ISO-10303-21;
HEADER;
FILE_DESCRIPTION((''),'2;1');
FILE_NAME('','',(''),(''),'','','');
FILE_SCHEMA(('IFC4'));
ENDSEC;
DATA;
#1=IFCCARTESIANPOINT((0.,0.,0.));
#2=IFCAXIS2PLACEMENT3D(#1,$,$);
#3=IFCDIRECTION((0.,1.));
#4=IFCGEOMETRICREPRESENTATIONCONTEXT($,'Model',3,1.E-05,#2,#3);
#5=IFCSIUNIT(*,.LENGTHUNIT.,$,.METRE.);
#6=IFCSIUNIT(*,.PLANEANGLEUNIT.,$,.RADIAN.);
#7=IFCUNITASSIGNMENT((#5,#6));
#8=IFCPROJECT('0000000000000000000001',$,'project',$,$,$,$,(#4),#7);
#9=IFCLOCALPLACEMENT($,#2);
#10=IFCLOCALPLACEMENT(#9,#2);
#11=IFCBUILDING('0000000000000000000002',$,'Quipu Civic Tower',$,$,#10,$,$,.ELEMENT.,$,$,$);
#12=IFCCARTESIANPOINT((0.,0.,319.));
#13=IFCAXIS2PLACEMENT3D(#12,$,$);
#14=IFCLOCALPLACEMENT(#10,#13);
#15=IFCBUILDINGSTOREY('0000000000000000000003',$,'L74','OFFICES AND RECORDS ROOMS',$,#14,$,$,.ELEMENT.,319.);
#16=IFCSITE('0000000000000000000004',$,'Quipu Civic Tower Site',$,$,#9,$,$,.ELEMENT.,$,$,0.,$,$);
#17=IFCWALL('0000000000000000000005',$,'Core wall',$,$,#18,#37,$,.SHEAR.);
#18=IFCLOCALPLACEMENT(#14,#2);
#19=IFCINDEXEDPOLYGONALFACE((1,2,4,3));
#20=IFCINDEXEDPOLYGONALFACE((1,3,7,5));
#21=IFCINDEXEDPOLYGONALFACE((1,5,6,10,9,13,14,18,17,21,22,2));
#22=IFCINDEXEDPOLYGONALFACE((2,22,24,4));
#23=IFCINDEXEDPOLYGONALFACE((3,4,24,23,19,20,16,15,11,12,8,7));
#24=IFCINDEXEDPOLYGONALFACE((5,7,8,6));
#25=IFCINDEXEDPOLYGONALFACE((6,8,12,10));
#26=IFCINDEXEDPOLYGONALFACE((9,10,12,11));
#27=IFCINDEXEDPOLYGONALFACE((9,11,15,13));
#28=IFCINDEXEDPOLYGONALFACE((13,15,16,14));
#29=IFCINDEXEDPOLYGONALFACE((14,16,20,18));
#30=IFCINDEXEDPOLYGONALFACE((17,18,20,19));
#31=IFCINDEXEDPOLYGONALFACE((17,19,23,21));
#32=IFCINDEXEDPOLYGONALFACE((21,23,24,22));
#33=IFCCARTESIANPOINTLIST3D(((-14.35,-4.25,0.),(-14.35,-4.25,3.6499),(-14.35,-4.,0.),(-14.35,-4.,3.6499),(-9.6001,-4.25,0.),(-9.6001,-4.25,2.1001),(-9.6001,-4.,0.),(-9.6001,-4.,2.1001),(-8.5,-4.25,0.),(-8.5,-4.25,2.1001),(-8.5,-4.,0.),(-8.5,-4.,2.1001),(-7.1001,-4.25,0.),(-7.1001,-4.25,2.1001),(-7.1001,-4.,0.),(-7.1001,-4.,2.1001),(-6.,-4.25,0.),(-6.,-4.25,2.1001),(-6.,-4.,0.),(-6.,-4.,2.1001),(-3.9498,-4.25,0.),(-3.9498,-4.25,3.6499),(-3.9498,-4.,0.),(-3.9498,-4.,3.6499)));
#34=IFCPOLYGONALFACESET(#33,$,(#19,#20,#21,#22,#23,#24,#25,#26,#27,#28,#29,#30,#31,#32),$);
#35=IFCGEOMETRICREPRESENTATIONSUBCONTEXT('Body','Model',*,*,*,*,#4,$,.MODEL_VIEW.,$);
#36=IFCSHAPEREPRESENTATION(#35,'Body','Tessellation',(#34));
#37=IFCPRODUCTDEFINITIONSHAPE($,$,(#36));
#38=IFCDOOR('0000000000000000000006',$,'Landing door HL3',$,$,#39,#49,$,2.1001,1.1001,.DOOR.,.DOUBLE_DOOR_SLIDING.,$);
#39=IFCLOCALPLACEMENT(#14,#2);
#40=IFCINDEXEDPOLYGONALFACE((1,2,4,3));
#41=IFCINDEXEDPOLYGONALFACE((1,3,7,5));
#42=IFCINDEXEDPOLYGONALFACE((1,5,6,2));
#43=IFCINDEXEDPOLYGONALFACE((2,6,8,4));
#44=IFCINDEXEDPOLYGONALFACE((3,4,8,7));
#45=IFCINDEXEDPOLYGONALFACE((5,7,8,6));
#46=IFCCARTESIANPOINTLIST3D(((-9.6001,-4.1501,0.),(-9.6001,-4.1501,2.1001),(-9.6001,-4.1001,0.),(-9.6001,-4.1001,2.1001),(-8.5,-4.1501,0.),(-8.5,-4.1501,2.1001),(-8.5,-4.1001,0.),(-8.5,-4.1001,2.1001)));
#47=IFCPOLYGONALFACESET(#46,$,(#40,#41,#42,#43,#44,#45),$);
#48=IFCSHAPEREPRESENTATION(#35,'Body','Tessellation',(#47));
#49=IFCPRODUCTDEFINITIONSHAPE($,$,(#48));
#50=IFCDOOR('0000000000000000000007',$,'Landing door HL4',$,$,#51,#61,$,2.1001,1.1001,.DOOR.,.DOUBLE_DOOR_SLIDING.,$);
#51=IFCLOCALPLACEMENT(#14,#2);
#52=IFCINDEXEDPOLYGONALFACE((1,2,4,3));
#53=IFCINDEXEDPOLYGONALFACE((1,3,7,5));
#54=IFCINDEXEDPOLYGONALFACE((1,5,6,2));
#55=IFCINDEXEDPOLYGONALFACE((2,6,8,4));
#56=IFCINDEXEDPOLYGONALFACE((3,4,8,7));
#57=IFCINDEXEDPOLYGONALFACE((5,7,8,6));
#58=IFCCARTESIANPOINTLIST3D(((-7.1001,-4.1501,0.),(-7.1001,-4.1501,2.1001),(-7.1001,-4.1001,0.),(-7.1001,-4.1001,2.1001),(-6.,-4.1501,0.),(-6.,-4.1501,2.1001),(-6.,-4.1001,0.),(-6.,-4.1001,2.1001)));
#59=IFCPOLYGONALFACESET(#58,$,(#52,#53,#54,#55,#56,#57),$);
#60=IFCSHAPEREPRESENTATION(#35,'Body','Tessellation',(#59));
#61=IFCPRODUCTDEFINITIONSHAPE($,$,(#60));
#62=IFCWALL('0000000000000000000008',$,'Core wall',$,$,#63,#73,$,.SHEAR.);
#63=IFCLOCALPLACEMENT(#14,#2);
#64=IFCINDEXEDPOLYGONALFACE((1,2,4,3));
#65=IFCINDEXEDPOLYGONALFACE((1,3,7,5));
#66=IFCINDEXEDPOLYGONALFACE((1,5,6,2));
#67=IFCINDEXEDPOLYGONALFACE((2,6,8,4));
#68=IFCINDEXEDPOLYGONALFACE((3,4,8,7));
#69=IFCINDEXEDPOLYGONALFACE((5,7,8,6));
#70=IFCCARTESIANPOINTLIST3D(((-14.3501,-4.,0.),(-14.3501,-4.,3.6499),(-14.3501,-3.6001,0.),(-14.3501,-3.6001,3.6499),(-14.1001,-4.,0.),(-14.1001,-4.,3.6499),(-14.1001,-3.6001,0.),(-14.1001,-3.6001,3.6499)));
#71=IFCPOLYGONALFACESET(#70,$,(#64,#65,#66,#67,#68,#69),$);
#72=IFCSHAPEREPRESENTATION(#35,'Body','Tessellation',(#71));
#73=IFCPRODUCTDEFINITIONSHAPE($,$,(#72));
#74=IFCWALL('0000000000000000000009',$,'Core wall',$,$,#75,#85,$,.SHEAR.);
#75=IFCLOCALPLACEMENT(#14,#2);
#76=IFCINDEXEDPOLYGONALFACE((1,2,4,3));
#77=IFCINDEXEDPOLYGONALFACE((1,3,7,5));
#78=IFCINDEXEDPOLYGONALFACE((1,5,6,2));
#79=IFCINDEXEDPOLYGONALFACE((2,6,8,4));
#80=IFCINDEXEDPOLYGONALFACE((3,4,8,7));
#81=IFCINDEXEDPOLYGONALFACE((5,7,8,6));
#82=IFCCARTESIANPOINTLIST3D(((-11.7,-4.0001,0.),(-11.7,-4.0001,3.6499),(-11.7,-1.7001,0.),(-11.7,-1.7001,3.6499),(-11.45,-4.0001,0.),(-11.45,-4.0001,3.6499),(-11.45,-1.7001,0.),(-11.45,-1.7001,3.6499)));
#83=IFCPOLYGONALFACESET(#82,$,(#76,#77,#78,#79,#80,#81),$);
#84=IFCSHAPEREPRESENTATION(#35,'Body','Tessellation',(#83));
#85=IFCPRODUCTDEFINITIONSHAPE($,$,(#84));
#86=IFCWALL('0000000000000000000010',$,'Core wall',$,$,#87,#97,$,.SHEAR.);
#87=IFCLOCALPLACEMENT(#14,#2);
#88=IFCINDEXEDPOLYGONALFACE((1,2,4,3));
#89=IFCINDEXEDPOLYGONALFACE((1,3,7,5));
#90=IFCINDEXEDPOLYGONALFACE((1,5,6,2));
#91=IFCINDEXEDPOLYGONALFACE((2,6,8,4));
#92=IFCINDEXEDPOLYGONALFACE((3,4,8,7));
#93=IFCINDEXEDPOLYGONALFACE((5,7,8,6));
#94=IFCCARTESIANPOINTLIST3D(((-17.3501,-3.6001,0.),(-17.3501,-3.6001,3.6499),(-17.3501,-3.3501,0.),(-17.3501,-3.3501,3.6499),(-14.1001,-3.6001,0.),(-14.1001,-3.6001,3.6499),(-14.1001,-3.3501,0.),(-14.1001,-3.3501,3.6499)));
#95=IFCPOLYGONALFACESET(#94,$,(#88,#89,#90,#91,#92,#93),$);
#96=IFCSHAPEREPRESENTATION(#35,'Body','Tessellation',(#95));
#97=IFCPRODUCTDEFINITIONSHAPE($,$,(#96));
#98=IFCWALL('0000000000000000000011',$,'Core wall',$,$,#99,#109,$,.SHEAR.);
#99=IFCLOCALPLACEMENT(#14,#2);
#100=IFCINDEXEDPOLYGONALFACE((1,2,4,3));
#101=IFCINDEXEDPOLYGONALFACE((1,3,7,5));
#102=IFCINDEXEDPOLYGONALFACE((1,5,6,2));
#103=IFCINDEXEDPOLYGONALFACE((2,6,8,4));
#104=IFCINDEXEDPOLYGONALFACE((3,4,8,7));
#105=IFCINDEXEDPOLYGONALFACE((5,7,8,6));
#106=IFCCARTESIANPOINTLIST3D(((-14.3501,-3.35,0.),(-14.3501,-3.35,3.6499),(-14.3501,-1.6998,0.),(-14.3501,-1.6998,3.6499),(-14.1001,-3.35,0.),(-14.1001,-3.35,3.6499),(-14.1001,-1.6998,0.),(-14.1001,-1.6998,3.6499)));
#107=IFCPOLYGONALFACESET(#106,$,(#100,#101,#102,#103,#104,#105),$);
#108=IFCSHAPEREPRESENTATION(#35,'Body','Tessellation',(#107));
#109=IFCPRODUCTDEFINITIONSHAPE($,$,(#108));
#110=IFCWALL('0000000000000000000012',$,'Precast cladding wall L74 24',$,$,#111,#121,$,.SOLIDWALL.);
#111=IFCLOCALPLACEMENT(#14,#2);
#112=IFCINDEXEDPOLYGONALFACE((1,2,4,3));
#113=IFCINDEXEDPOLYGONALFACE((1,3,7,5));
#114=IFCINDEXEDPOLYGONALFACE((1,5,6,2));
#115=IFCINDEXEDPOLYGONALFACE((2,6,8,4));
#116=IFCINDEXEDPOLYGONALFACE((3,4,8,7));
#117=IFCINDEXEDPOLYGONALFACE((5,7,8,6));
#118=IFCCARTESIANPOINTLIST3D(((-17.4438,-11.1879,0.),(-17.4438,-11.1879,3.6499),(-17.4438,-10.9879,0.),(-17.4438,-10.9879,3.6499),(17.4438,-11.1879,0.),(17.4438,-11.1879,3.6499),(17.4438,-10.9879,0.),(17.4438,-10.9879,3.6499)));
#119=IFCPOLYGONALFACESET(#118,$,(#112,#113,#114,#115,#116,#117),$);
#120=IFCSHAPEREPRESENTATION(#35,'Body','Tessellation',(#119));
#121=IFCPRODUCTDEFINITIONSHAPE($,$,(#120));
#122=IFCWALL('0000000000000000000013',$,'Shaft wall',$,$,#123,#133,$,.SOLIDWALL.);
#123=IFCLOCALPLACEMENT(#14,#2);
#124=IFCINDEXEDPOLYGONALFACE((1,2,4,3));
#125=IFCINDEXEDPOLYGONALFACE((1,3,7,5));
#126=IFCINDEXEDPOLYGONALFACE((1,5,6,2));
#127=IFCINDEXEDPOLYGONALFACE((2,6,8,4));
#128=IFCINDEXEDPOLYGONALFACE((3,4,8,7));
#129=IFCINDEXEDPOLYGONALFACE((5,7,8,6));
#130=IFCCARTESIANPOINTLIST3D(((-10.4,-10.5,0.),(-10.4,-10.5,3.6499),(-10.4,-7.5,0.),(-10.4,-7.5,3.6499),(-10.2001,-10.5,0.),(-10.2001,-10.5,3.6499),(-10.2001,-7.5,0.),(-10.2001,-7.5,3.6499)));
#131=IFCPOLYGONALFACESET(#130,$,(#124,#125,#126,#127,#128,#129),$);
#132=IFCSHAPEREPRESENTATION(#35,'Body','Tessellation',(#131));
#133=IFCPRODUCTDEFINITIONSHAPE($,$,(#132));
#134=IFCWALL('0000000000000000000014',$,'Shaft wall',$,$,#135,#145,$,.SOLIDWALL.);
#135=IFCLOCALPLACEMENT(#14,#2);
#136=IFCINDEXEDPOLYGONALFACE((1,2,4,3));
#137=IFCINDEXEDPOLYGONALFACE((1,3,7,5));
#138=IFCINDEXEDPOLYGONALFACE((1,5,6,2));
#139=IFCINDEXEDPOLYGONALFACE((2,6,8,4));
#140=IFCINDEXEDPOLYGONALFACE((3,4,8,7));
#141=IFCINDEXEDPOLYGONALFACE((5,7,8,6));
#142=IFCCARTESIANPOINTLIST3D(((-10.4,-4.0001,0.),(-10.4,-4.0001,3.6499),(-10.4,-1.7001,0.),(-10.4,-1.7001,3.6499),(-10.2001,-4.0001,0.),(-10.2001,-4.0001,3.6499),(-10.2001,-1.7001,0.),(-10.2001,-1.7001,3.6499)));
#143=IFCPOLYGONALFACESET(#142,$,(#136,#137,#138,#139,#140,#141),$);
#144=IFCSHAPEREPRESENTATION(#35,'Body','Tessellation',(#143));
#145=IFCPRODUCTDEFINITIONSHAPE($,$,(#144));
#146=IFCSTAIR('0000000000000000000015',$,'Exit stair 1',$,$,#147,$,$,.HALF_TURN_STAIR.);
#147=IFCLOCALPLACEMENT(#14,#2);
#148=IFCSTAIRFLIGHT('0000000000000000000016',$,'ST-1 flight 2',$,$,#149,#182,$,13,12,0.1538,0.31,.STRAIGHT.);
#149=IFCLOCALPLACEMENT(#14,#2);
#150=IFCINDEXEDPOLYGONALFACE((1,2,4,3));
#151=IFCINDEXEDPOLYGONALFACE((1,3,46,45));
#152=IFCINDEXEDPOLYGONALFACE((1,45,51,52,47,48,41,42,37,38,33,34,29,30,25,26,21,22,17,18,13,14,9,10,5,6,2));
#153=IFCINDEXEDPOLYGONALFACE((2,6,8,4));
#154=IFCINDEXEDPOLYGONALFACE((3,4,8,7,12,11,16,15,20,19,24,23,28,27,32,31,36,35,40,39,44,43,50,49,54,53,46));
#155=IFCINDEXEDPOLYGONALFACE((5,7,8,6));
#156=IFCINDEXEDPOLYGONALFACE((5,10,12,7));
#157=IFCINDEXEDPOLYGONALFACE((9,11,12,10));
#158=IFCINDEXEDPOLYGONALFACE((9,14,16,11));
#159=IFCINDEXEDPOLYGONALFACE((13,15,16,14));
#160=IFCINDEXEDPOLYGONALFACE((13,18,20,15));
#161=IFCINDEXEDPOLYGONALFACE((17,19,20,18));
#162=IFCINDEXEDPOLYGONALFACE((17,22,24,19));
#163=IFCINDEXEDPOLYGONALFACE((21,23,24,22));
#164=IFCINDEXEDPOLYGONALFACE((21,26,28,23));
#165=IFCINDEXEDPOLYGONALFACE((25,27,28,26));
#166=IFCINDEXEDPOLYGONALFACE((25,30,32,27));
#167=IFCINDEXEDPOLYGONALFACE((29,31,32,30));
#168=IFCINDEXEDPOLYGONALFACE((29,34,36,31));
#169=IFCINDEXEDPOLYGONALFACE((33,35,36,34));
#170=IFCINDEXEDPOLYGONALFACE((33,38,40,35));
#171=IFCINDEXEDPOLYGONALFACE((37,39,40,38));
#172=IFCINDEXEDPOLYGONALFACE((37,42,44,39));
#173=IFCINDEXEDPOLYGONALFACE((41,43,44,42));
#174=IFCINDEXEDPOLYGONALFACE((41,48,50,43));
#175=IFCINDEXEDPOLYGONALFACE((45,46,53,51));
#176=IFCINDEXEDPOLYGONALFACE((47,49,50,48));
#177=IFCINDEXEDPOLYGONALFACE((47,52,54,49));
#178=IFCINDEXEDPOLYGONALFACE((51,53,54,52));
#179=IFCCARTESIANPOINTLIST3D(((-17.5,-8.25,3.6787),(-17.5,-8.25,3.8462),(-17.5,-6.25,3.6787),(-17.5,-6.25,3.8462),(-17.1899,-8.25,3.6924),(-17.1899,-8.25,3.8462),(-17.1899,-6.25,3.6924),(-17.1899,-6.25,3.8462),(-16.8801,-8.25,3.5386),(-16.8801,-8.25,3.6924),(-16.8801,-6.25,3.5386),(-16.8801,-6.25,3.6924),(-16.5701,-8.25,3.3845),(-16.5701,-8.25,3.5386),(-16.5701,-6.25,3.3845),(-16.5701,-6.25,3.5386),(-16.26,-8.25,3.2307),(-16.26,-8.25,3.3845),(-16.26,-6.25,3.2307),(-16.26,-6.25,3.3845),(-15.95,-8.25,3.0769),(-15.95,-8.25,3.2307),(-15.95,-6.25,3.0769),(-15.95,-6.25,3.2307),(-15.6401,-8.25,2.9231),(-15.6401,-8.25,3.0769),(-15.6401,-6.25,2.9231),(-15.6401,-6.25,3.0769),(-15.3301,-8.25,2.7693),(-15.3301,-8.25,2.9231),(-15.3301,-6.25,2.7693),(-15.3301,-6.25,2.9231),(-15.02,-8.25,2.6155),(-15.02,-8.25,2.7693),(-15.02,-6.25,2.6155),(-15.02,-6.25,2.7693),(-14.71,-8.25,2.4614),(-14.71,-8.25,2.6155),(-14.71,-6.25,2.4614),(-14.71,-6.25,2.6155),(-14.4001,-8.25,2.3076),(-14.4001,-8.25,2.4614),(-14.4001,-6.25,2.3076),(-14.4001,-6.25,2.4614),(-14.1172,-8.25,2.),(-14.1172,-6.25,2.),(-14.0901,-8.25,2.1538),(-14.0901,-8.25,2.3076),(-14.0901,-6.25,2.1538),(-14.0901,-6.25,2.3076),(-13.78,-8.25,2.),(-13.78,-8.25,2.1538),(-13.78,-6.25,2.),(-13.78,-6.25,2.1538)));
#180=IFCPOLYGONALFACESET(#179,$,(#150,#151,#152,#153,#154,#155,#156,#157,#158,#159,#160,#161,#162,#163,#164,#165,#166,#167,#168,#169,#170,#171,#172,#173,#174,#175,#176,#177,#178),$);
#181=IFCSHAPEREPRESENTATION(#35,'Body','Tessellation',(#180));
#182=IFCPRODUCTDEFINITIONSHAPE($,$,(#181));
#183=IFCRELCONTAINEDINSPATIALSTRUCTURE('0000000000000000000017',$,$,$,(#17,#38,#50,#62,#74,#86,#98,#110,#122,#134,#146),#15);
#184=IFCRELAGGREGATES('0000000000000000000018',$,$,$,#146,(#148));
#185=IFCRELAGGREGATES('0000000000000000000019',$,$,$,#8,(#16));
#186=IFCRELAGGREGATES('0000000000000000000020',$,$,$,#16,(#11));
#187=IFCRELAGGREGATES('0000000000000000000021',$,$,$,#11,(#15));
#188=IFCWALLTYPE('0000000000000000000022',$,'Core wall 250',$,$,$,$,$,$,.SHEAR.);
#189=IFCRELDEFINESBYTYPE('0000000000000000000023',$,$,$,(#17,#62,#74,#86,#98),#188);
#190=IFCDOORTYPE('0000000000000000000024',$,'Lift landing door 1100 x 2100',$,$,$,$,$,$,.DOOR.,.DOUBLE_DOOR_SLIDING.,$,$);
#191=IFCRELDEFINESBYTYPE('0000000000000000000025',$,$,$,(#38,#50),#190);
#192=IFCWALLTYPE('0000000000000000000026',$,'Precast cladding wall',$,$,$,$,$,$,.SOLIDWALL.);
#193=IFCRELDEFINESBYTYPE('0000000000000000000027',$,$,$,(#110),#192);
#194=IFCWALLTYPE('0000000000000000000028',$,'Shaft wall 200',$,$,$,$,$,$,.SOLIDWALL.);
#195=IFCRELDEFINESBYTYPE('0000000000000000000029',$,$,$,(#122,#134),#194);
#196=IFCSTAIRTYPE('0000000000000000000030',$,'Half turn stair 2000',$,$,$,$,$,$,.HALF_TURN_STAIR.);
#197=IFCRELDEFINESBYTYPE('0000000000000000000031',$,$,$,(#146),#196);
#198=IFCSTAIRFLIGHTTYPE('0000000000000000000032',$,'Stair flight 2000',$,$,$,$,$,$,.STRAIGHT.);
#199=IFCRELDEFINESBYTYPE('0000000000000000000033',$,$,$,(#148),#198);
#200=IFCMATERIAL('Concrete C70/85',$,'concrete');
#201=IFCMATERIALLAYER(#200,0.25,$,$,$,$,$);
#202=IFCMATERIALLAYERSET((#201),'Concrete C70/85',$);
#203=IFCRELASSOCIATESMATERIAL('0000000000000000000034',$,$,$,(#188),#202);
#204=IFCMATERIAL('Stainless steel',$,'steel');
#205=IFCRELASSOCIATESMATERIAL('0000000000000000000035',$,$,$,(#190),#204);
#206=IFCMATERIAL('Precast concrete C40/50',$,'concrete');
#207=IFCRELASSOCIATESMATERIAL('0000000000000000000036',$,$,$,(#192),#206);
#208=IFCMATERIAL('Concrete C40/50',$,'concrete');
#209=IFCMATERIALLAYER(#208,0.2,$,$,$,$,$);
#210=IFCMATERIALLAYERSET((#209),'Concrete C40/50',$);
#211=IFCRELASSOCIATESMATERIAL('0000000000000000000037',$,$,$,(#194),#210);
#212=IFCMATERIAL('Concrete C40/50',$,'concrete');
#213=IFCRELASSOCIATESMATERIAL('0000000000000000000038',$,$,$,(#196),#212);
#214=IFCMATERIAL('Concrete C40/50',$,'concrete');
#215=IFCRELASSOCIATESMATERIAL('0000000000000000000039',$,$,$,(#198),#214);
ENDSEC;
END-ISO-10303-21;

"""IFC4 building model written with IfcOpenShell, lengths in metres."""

from ifc_helpers import new_model, si_unit, direction, frame, frame_2d, origin, place, context, subcontext, project, spatial, polyline, rectangle, outline, extrude, material, layer, layer_set, type_object, element, fill, aggregate, save


model = new_model("IFC4")

# Units and contexts
model_context = context("Model", 3, precision=1e-05, world=origin(), true_north=direction((0.0, 1.0)))
body_context = subcontext(model_context, "Body", "Model", "MODEL_VIEW")
ifc_project = project(units=[si_unit("LENGTHUNIT", "METRE"), si_unit("PLANEANGLEUNIT", "RADIAN")], contexts=[model_context])

# Site, building, storey
site_placement = place(None, origin())
site = spatial("IfcSite", under=ifc_project, at=site_placement, Name="Quipu Civic Tower Site", CompositionType="ELEMENT", RefElevation=0.0)
building_placement = place(site_placement, origin())
building = spatial("IfcBuilding", under=site, at=building_placement, Name="Quipu Civic Tower", CompositionType="ELEMENT")
storey_placement = place(building_placement, frame((0.0, 0.0, 319.0)))
storey = spatial("IfcBuildingStorey", under=building, at=storey_placement, Name="L74", Description="OFFICES AND RECORDS ROOMS", CompositionType="ELEMENT", Elevation=319.0)

# Shared definitions
ifc_material_1 = material(Name="Concrete C70/85", Category="concrete")
ifc_layer_1 = layer(ifc_material_1, 0.25)
ifc_layer_set_1 = layer_set([ifc_layer_1], Name="Concrete C70/85")
wall_type_1 = type_object("IfcWallType", Name="Core wall 250", PredefinedType="SHEAR", material=ifc_layer_set_1)

# Wall, openings, doors
wall_1_placement = place(storey_placement, frame((-14.3501, -4.125, 0.0), z_axis=(0.0, 0.0, 1.0), x_axis=(1.0, 0.0, 0.0)))
wall_1 = element("IfcWall", 1, at=wall_1_placement, inside=storey, type_object=wall_type_1, Name="Core wall", PredefinedType="SHEAR", context=body_context, shape_type="SweptSolid", body=[
    extrude(rectangle(XDim=10.4001, YDim=0.25, at=frame_2d((5.2002, 0.0))), origin(), (0.0, 0.0, 1.0), 3.6499),
])
opening_1_placement = place(wall_1_placement, frame((4.75, 0.0, 0.0)))
opening_1 = element("IfcOpeningElement", 2, at=opening_1_placement, cuts=wall_1, PredefinedType="OPENING", context=body_context, shape_type="SweptSolid", body=[
    extrude(rectangle(XDim=1.1001, YDim=2.1001, at=frame_2d((0.55, 1.05))), frame((0.0, 0.135, 0.0), z_axis=(0.0, -1.0, 0.0), x_axis=(1.0, 0.0, 0.0)), (0.0, 0.0, 1.0), 0.27),
])
opening_2_placement = place(wall_1_placement, frame((7.25, 0.0, 0.0)))
opening_2 = element("IfcOpeningElement", 3, at=opening_2_placement, cuts=wall_1, PredefinedType="OPENING", context=body_context, shape_type="SweptSolid", body=[
    extrude(rectangle(XDim=1.1001, YDim=2.1001, at=frame_2d((0.55, 1.05))), frame((0.0, 0.135, 0.0), z_axis=(0.0, -1.0, 0.0), x_axis=(1.0, 0.0, 0.0)), (0.0, 0.0, 1.0), 0.27),
])
ifc_material_2 = material(Name="Stainless steel", Category="steel")
door_type_1 = type_object("IfcDoorType", Name="Lift landing door 1100 x 2100", OperationType="DOUBLE_DOOR_SLIDING", PredefinedType="DOOR", material=ifc_material_2)
door_1_placement = place(opening_1_placement, origin())
door_1 = element("IfcDoor", 4, at=door_1_placement, inside=storey, type_object=door_type_1, Name="Landing door HL3", OperationType="DOUBLE_DOOR_SLIDING", OverallHeight=2.1001, OverallWidth=1.1001, PredefinedType="DOOR", context=body_context, shape_type="SweptSolid", body=[
    extrude(rectangle(XDim=1.1001, YDim=2.1001, at=frame_2d((0.55, 1.05))), frame((0.0, 0.0249, 0.0), z_axis=(0.0, -1.0, 0.0), x_axis=(1.0, 0.0, 0.0)), (0.0, 0.0, 1.0), 0.05),
])
fill(opening_1, door_1)
door_2_placement = place(opening_2_placement, origin())
door_2 = element("IfcDoor", 5, at=door_2_placement, inside=storey, type_object=door_type_1, Name="Landing door HL4", OperationType="DOUBLE_DOOR_SLIDING", OverallHeight=2.1001, OverallWidth=1.1001, PredefinedType="DOOR", context=body_context, shape_type="SweptSolid", body=[
    extrude(rectangle(XDim=1.1001, YDim=2.1001, at=frame_2d((0.55, 1.05))), frame((0.0, 0.0249, 0.0), z_axis=(0.0, -1.0, 0.0), x_axis=(1.0, 0.0, 0.0)), (0.0, 0.0, 1.0), 0.05),
])
fill(opening_2, door_2)

# Walls
wall_2_placement = place(storey_placement, frame((-14.2251, -4.0, 0.0), z_axis=(0.0, 0.0, 1.0), x_axis=(0.0, 1.0, 0.0)))
element("IfcWall", 6, at=wall_2_placement, inside=storey, type_object=wall_type_1, Name="Core wall", PredefinedType="SHEAR", context=body_context, shape_type="SweptSolid", body=[
    extrude(rectangle(XDim=0.3999, YDim=0.25, at=frame_2d((0.2, 0.0))), origin(), (0.0, 0.0, 1.0), 3.6499),
])
wall_3_placement = place(storey_placement, frame((-11.575, -4.0, 0.0), z_axis=(0.0, 0.0, 1.0), x_axis=(0.0, 1.0, 0.0)))
element("IfcWall", 7, at=wall_3_placement, inside=storey, type_object=wall_type_1, Name="Core wall", PredefinedType="SHEAR", context=body_context, shape_type="SweptSolid", body=[
    extrude(rectangle(XDim=2.3, YDim=0.25, at=frame_2d((1.1499, 0.0))), origin(), (0.0, 0.0, 1.0), 3.6499),
])
wall_4_placement = place(storey_placement, frame((-17.3501, -3.4751, 0.0), z_axis=(0.0, 0.0, 1.0), x_axis=(1.0, 0.0, 0.0)))
element("IfcWall", 8, at=wall_4_placement, inside=storey, type_object=wall_type_1, Name="Core wall", PredefinedType="SHEAR", context=body_context, shape_type="SweptSolid", body=[
    extrude(rectangle(XDim=3.25, YDim=0.25, at=frame_2d((1.625, 0.0))), origin(), (0.0, 0.0, 1.0), 3.6499),
])
wall_5_placement = place(storey_placement, frame((-14.2251, -3.3501, 0.0), z_axis=(0.0, 0.0, 1.0), x_axis=(0.0, 1.0, 0.0)))
element("IfcWall", 9, at=wall_5_placement, inside=storey, type_object=wall_type_1, Name="Core wall", PredefinedType="SHEAR", context=body_context, shape_type="SweptSolid", body=[
    extrude(rectangle(XDim=1.6501, YDim=0.25, at=frame_2d((0.8252, 0.0))), origin(), (0.0, 0.0, 1.0), 3.6499),
])
ifc_material_3 = material(Name="Precast concrete C40/50", Category="concrete")
wall_type_2 = type_object("IfcWallType", Name="Precast cladding wall", PredefinedType="SOLIDWALL", material=ifc_material_3)
wall_6_placement = place(storey_placement, frame((-17.4438, -11.0879, 0.0), z_axis=(0.0, 0.0, 1.0), x_axis=(1.0, 0.0, 0.0)))
element("IfcWall", 10, at=wall_6_placement, inside=storey, type_object=wall_type_2, Name="Precast cladding wall L74 24", PredefinedType="SOLIDWALL", context=body_context, shape_type="SweptSolid", body=[
    extrude(rectangle(XDim=34.8877, YDim=0.2, at=frame_2d((17.4438, 0.0))), origin(), (0.0, 0.0, 1.0), 3.6499),
])
ifc_material_4 = material(Name="Concrete C40/50", Category="concrete")
ifc_layer_2 = layer(ifc_material_4, 0.2)
ifc_layer_set_2 = layer_set([ifc_layer_2], Name="Concrete C40/50")
wall_type_3 = type_object("IfcWallType", Name="Shaft wall 200", PredefinedType="SOLIDWALL", material=ifc_layer_set_2)
wall_7_placement = place(storey_placement, frame((-10.3, -10.5, 0.0), z_axis=(0.0, 0.0, 1.0), x_axis=(0.0, 1.0, 0.0)))
element("IfcWall", 11, at=wall_7_placement, inside=storey, type_object=wall_type_3, Name="Shaft wall", PredefinedType="SOLIDWALL", context=body_context, shape_type="SweptSolid", body=[
    extrude(rectangle(XDim=3.0, YDim=0.2, at=frame_2d((1.5, 0.0))), origin(), (0.0, 0.0, 1.0), 3.6499),
])
wall_8_placement = place(storey_placement, frame((-10.3, -4.0, 0.0), z_axis=(0.0, 0.0, 1.0), x_axis=(0.0, 1.0, 0.0)))
element("IfcWall", 12, at=wall_8_placement, inside=storey, type_object=wall_type_3, Name="Shaft wall", PredefinedType="SOLIDWALL", context=body_context, shape_type="SweptSolid", body=[
    extrude(rectangle(XDim=2.3, YDim=0.2, at=frame_2d((1.1499, 0.0))), origin(), (0.0, 0.0, 1.0), 3.6499),
])

# Stair, stair flight
ifc_material_5 = material(Name="Concrete C40/50", Category="concrete")
stair_type = type_object("IfcStairType", Name="Half turn stair 2000", PredefinedType="HALF_TURN_STAIR", material=ifc_material_5)
stair_placement = place(storey_placement, origin())
stair = element("IfcStair", 13, at=stair_placement, inside=storey, type_object=stair_type, Name="Exit stair 1", PredefinedType="HALF_TURN_STAIR")
ifc_material_6 = material(Name="Concrete C40/50", Category="concrete")
stair_flight_type = type_object("IfcStairFlightType", Name="Stair flight 2000", PredefinedType="STRAIGHT", material=ifc_material_6)
stair_flight_placement = place(storey_placement, frame((-13.78, -7.25, 2.0), z_axis=(0.0, 0.0, 1.0), x_axis=(-1.0, 0.0, 0.0)))
stair_flight = element("IfcStairFlight", 14, at=stair_flight_placement, type_object=stair_flight_type, Name="ST-1 flight 2", NumberOfRisers=13, NumberOfTreads=12, PredefinedType="STRAIGHT", RiserHeight=0.1538, TreadLength=0.31, context=body_context, shape_type="SweptSolid", body=[
    extrude(outline(polyline([(0.0, 0.0), (0.0, 0.1538), (0.3101, 0.1538), (0.3101, 0.3076), (0.6201, 0.3076), (0.6201, 0.4614), (0.9299, 0.4614), (0.9299, 0.6155), (1.24, 0.6155), (1.24, 0.7693), (1.55, 0.7693), (1.55, 0.9231), (1.8601, 0.9231), (1.8601, 1.0769), (2.1699, 1.0769), (2.1699, 1.2307), (2.48, 1.2307), (2.48, 1.3845), (2.79, 1.3845), (2.79, 1.5386), (3.1001, 1.5386), (3.1001, 1.6924), (3.4099, 1.6924), (3.4099, 1.8462), (3.72, 1.8462), (3.72, 2.0), (3.72, 1.6787), (0.3372, 0.0), (0.0, 0.0)])), frame((0.0, 1.0, 0.0), z_axis=(0.0, -1.0, 0.0), x_axis=(1.0, 0.0, 0.0)), (0.0, 0.0, 1.0), 2.0),
])
aggregate(stair, [stair_flight])

save(model, "model.ifc")
